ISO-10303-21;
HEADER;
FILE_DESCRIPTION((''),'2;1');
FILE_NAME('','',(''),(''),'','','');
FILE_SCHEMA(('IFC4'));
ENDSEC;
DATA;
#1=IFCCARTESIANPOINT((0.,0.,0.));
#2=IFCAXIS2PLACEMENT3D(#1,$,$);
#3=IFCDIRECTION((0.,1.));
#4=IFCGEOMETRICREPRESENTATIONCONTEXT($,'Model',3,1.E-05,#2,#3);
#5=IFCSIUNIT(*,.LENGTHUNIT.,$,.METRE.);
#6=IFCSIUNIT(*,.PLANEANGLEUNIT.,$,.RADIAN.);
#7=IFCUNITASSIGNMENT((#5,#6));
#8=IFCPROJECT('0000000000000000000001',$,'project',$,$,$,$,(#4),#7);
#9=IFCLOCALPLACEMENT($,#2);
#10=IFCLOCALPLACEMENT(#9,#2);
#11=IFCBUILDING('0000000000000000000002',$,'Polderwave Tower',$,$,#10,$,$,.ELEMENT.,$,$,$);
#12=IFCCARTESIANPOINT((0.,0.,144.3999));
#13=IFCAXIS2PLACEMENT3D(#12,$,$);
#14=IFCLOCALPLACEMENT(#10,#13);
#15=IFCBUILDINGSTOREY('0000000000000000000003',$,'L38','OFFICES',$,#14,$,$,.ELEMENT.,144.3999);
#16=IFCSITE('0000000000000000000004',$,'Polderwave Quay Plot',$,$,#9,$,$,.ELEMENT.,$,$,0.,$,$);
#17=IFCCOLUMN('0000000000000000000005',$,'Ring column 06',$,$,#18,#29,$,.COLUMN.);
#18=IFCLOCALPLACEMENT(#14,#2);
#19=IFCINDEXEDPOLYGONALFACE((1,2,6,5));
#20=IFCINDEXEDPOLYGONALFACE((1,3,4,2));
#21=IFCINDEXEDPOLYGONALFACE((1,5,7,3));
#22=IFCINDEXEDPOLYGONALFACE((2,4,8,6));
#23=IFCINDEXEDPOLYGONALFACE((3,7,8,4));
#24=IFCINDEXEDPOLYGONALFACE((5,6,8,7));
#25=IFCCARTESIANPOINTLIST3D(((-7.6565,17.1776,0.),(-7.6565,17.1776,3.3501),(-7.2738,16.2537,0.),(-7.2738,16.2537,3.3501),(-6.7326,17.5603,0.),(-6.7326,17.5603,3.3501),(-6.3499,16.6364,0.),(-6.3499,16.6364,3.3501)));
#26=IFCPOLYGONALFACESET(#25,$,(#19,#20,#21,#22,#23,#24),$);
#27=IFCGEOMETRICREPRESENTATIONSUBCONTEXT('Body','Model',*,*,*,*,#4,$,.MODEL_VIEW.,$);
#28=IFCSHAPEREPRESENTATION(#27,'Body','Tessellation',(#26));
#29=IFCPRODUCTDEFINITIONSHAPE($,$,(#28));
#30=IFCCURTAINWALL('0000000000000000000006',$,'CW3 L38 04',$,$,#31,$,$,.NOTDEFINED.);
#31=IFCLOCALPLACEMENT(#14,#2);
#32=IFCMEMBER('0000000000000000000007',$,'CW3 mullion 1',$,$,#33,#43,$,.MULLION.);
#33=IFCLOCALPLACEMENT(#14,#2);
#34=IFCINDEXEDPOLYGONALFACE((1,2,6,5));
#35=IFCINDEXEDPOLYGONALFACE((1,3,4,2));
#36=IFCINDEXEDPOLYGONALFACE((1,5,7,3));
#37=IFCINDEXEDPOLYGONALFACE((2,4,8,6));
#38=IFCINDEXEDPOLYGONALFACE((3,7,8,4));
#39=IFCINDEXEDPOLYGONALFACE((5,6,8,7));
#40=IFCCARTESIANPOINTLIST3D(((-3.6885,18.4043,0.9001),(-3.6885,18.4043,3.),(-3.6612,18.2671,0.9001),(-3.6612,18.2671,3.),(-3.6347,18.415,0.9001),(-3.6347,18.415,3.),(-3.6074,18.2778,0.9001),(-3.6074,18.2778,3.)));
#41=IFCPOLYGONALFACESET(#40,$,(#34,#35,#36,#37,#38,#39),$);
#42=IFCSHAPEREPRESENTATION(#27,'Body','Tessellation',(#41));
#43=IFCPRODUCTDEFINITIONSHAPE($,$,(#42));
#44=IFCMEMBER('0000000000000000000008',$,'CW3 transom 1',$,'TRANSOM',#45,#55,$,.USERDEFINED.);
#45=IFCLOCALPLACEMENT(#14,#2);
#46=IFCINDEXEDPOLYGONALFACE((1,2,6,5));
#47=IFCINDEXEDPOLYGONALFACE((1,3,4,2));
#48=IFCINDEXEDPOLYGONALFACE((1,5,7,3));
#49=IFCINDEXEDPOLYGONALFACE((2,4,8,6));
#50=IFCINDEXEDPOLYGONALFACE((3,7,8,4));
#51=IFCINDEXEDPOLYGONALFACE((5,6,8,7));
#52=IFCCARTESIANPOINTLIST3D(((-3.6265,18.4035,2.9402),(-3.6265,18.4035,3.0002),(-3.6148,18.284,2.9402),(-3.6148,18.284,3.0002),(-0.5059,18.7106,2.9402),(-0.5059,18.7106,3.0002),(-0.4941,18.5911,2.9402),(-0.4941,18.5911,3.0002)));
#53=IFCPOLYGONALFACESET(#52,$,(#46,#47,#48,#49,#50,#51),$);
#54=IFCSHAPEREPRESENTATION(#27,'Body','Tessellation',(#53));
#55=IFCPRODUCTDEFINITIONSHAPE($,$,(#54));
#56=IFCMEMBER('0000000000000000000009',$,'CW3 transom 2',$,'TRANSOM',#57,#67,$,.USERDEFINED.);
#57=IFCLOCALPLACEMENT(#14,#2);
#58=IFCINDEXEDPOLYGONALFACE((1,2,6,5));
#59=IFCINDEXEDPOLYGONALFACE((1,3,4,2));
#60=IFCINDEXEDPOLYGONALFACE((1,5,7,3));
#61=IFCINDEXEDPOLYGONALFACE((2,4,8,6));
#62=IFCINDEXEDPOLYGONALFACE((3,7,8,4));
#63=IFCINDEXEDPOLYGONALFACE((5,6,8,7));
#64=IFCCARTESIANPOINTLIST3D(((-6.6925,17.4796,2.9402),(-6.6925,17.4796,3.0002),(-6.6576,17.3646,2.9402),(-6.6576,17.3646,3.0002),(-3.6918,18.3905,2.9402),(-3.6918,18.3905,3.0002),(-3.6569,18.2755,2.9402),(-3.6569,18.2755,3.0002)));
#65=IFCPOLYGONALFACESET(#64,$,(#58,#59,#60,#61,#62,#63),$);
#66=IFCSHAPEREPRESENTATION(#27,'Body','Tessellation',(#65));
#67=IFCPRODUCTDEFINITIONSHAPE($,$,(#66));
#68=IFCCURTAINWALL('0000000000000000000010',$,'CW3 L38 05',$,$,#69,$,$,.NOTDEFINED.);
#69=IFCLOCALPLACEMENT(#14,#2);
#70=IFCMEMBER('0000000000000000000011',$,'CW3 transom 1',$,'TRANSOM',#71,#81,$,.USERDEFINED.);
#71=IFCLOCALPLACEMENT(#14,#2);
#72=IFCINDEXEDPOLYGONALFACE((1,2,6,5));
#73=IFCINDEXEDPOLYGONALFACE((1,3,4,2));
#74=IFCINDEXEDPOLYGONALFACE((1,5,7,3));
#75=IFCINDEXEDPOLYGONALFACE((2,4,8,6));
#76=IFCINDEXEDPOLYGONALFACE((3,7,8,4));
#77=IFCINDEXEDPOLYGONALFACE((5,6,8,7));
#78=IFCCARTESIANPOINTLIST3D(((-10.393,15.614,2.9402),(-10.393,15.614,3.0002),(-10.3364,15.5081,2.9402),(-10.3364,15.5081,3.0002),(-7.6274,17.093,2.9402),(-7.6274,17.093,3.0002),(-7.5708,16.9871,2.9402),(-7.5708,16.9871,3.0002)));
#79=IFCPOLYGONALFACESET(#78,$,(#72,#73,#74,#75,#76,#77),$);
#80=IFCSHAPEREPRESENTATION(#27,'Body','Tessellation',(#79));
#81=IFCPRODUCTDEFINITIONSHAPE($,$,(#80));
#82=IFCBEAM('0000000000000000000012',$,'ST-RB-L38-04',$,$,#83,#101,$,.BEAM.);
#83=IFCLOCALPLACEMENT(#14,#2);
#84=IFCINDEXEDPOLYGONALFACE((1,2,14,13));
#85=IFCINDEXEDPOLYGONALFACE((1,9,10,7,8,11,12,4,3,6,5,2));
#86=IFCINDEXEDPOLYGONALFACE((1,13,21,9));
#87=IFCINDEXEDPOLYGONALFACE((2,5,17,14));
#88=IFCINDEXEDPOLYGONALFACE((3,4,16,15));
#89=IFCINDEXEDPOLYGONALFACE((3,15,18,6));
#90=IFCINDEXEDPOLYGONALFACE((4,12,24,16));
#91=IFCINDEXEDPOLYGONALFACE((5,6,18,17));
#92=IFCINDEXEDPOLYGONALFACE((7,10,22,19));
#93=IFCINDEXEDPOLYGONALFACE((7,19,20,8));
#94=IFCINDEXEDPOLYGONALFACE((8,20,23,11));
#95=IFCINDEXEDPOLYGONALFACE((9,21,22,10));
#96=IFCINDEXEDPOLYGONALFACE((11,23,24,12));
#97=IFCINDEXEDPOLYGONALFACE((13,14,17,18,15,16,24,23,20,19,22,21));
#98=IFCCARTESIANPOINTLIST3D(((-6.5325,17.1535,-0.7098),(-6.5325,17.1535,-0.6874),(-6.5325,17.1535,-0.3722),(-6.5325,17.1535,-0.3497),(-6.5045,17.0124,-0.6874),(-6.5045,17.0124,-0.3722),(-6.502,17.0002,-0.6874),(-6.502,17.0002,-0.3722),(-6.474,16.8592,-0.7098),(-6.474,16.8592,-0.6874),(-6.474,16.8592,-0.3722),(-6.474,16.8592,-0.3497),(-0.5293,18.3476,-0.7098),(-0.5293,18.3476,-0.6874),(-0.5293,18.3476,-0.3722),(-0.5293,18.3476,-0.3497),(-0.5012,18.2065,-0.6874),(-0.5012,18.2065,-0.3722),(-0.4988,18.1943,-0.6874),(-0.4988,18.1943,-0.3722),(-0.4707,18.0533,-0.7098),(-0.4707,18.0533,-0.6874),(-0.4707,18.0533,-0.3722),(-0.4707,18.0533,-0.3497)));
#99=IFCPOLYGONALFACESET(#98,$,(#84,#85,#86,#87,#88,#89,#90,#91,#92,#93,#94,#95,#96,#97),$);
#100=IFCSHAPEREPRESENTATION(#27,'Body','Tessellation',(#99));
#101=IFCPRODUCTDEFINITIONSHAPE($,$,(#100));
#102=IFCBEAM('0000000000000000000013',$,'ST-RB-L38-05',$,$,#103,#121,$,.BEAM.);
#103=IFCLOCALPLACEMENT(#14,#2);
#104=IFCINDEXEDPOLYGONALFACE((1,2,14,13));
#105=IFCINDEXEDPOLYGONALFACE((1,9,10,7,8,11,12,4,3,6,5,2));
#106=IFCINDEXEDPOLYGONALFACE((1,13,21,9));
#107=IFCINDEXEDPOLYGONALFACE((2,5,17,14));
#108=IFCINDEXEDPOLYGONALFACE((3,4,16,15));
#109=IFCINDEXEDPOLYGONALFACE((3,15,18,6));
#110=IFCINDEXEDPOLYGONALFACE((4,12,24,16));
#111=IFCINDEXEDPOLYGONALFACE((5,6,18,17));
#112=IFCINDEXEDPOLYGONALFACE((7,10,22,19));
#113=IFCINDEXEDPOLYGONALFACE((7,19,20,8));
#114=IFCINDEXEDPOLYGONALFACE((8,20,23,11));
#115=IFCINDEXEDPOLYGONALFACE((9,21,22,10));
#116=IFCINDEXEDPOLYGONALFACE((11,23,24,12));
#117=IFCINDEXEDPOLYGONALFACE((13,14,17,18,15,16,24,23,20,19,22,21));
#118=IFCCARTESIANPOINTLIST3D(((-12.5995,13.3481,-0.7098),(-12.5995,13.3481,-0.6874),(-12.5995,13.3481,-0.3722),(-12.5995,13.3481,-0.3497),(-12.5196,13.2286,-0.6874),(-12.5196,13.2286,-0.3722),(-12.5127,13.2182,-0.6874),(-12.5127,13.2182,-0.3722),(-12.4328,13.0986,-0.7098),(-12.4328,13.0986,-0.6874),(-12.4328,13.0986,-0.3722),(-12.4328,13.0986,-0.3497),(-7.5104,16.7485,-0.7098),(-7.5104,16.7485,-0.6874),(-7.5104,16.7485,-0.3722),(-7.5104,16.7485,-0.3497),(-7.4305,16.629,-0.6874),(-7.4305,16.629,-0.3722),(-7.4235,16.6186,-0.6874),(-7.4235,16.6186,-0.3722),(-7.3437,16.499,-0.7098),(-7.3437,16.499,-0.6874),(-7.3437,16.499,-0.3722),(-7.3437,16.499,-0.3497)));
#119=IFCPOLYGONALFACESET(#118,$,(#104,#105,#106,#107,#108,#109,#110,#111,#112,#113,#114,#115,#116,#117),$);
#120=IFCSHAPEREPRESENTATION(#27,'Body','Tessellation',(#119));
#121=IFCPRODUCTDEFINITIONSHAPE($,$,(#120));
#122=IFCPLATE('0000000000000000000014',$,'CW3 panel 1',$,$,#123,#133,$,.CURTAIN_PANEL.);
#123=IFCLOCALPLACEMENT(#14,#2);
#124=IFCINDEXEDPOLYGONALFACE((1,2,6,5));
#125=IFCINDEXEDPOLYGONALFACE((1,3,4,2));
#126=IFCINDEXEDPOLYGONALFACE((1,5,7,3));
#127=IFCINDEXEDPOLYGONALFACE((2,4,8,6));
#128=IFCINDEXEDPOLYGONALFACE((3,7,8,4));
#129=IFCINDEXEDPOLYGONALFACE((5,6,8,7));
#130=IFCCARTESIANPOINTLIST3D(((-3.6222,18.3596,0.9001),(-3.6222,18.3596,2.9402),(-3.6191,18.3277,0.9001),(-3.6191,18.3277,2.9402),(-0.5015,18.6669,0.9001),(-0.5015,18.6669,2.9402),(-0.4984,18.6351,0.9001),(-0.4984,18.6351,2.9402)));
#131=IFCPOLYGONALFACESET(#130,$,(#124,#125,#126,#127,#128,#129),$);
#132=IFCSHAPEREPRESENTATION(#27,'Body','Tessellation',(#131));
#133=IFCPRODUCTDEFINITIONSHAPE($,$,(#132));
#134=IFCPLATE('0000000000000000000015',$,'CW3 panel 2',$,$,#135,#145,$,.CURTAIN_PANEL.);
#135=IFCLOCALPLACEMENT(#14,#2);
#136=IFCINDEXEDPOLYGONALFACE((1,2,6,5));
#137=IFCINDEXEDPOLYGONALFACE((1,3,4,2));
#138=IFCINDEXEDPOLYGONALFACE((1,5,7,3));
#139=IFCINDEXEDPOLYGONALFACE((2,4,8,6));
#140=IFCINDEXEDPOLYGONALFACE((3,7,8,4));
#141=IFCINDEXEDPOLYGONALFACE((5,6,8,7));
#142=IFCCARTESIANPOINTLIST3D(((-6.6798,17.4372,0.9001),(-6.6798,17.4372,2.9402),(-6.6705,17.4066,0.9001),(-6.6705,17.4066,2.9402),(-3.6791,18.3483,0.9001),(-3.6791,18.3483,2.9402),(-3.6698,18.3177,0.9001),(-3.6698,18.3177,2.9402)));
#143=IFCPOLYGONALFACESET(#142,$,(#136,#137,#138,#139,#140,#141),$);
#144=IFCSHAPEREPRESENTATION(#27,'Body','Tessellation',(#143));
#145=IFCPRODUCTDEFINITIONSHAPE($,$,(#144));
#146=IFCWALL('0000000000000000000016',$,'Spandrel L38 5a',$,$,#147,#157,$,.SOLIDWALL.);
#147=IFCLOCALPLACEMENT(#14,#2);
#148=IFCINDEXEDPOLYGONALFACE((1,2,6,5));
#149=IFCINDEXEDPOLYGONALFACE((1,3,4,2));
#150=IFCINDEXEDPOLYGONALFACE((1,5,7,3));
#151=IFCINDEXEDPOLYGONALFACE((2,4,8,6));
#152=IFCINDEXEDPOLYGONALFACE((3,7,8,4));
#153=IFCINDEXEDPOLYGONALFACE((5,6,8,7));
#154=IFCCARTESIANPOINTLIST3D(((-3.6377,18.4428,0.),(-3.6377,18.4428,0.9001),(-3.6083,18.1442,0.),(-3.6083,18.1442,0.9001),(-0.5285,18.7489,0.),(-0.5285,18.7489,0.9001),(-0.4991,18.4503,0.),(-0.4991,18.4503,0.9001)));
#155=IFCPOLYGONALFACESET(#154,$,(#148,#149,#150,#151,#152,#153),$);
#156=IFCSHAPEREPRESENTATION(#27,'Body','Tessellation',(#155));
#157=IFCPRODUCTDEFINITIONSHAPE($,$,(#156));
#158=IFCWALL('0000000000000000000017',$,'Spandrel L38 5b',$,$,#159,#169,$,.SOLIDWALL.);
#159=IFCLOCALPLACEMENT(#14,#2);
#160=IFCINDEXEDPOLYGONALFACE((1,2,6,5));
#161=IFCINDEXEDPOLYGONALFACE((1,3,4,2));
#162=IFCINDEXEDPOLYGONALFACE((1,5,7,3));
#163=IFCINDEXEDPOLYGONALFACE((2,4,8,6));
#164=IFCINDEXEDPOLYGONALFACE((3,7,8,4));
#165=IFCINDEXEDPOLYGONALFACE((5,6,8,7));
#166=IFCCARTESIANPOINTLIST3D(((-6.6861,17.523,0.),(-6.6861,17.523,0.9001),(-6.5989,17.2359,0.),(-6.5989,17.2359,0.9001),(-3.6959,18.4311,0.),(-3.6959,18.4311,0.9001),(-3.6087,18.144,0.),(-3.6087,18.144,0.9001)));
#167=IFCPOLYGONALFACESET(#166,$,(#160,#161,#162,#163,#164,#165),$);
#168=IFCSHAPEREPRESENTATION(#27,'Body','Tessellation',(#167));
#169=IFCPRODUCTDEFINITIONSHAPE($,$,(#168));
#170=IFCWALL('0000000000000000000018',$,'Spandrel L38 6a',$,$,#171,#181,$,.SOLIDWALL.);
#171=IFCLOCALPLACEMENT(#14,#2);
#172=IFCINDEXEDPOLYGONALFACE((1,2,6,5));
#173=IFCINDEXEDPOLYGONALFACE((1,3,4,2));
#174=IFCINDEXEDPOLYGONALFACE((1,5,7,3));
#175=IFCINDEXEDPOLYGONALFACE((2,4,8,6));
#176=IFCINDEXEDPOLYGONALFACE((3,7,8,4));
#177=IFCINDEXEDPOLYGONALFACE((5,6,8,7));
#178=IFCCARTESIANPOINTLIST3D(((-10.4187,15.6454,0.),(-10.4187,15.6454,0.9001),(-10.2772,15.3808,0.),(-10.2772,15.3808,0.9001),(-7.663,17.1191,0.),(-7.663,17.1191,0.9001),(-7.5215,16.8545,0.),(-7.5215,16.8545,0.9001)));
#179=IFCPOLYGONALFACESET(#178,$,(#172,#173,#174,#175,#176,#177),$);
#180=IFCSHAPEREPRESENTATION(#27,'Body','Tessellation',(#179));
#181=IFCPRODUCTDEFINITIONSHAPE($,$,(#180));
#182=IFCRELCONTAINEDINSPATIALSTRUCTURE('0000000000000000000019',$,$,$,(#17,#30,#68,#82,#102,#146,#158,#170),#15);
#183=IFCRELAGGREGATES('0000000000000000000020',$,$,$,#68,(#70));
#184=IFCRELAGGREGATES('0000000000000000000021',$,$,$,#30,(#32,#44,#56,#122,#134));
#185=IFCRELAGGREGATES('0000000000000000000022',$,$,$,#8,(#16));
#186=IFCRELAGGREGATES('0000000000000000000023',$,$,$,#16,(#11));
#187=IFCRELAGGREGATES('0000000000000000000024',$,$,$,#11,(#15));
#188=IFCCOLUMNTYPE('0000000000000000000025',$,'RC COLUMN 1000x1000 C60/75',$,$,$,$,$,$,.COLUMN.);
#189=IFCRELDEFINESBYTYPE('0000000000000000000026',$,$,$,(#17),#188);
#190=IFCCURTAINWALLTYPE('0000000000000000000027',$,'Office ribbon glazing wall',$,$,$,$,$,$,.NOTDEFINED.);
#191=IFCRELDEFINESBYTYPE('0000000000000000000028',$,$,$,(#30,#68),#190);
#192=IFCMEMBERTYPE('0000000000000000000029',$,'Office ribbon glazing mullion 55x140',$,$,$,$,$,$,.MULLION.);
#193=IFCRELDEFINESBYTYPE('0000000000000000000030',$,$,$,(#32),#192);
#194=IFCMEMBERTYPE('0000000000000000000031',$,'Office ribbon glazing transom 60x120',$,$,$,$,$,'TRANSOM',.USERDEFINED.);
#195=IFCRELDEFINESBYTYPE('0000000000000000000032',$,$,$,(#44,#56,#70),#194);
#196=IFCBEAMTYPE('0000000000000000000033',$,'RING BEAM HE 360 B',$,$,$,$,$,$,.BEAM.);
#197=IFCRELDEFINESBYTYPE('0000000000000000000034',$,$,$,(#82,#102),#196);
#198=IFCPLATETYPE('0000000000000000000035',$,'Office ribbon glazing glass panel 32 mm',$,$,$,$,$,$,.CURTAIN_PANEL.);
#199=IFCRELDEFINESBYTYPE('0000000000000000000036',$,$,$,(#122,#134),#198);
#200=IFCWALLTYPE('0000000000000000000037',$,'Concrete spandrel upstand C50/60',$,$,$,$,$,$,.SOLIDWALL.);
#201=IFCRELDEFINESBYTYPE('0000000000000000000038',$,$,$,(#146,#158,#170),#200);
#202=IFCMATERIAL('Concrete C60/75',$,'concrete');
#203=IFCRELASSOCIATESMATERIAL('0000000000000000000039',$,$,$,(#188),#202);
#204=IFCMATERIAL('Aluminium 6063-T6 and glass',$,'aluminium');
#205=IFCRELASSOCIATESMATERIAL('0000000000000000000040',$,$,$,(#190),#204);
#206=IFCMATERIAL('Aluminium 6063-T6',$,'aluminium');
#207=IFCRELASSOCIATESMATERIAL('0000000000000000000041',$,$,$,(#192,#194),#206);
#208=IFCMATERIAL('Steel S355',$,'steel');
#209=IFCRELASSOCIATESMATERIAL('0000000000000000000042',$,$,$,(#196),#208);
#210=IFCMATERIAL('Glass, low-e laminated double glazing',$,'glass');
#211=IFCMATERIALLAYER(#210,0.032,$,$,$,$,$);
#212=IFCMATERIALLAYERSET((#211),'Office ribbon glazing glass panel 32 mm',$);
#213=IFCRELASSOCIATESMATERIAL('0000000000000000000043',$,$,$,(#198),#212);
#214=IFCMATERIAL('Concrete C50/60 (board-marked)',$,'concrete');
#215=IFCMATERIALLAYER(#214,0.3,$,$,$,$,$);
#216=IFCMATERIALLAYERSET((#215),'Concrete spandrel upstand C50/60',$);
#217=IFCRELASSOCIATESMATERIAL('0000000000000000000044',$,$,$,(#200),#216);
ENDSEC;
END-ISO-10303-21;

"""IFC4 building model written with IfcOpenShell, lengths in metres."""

from ifc_helpers import new_model, si_unit, direction, frame, frame_2d, origin, origin_2d, place, context, subcontext, project, spatial, rectangle, i_section, extrude, material, layer, layer_set, material_profile, profile_set, type_object, element, aggregate, save


model = new_model("IFC4")

# Units and contexts
model_context = context("Model", 3, precision=1e-05, world=origin(), true_north=direction((0.0, 1.0)))
body_context = subcontext(model_context, "Body", "Model", "MODEL_VIEW")
ifc_project = project(units=[si_unit("LENGTHUNIT", "METRE"), si_unit("PLANEANGLEUNIT", "RADIAN")], contexts=[model_context])

# Site, building, storey
site_placement = place(None, origin())
site = spatial("IfcSite", under=ifc_project, at=site_placement, Name="Polderwave Quay Plot", CompositionType="ELEMENT", RefElevation=0.0)
building_placement = place(site_placement, origin())
building = spatial("IfcBuilding", under=site, at=building_placement, Name="Polderwave Tower", CompositionType="ELEMENT")
storey_placement = place(building_placement, frame((0.0, 0.0, 144.3999)))
storey = spatial("IfcBuildingStorey", under=building, at=storey_placement, Name="L38", Description="OFFICES", CompositionType="ELEMENT", Elevation=144.3999)

# Column
ifc_material_1 = material(Name="Concrete C60/75", Category="concrete")
ifc_material_profile_1 = material_profile(ifc_material_1, rectangle(XDim=1.0, YDim=1.0, at=origin_2d()), Name="RC 1000x1000")
ifc_profile_set_1 = profile_set([ifc_material_profile_1], Name="Concrete C60/75")
column_type = type_object("IfcColumnType", Name="RC COLUMN 1000x1000 C60/75", PredefinedType="COLUMN", material=ifc_profile_set_1)
column_placement = place(storey_placement, frame((-7.0032, 16.907, 0.0), z_axis=(0.0, 0.0, 1.0), x_axis=(-0.382683, 0.92388, 0.0)))
element("IfcColumn", 1, at=column_placement, inside=storey, type_object=column_type, Name="Ring column 06", PredefinedType="COLUMN", context=body_context, shape_type="SweptSolid", body=[
    extrude(rectangle(XDim=1.0, YDim=1.0, at=origin_2d()), origin(), (0.0, 0.0, 1.0), 3.3501),
])

# Curtain wall, members
ifc_material_2 = material(Name="Aluminium 6063-T6 and glass", Category="aluminium")
curtain_wall_type = type_object("IfcCurtainWallType", Name="Office ribbon glazing wall", PredefinedType="NOTDEFINED", material=ifc_material_2)
curtain_wall_1_placement = place(storey_placement, origin())
curtain_wall_1 = element("IfcCurtainWall", 2, at=curtain_wall_1_placement, inside=storey, type_object=curtain_wall_type, Name="CW3 L38 04", PredefinedType="NOTDEFINED")
ifc_material_3 = material(Name="Aluminium 6063-T6", Category="aluminium")
ifc_material_profile_2 = material_profile(ifc_material_3, rectangle(XDim=0.1399, YDim=0.0549, at=origin_2d()), Name="AL 55x140")
ifc_profile_set_2 = profile_set([ifc_material_profile_2], Name="Aluminium 6063-T6")
member_type_1 = type_object("IfcMemberType", Name="Office ribbon glazing mullion 55x140", PredefinedType="MULLION", material=ifc_profile_set_2)
member_1_placement = place(storey_placement, frame((-3.6479, 18.3411, 0.9001), z_axis=(0.0, 0.0, 1.0), x_axis=(0.195196, -0.980764, 0.0)))
member_1 = element("IfcMember", 3, at=member_1_placement, type_object=member_type_1, Name="CW3 mullion 1", PredefinedType="MULLION", context=body_context, shape_type="SweptSolid", body=[
    extrude(rectangle(XDim=0.1399, YDim=0.0549, at=origin_2d()), origin(), (0.0, 0.0, 1.0), 2.0999),
])
ifc_material_profile_3 = material_profile(ifc_material_3, rectangle(XDim=0.1201, YDim=0.0601, at=origin_2d()), Name="AL 60x120")
ifc_profile_set_3 = profile_set([ifc_material_profile_3], Name="Aluminium 6063-T6")
member_type_2 = type_object("IfcMemberType", Name="Office ribbon glazing transom 60x120", ElementType="TRANSOM", PredefinedType="USERDEFINED", material=ifc_profile_set_3)
member_2_placement = place(storey_placement, frame((-0.5, 18.6509, 2.9702), z_axis=(-0.995192, -0.097946, 0.0), x_axis=(0.097946, -0.995192, 0.0)))
member_2 = element("IfcMember", 4, at=member_2_placement, type_object=member_type_2, Name="CW3 transom 1", ObjectType="TRANSOM", PredefinedType="USERDEFINED", context=body_context, shape_type="SweptSolid", body=[
    extrude(rectangle(XDim=0.1201, YDim=0.0601, at=origin_2d()), origin(), (0.0, 0.0, 1.0), 3.1357),
])
member_3_placement = place(storey_placement, frame((-3.6743, 18.333, 2.9702), z_axis=(-0.956885, -0.290468, 0.0), x_axis=(0.290468, -0.956885, 0.0)))
member_3 = element("IfcMember", 5, at=member_3_placement, type_object=member_type_2, Name="CW3 transom 2", ObjectType="TRANSOM", PredefinedType="USERDEFINED", context=body_context, shape_type="SweptSolid", body=[
    extrude(rectangle(XDim=0.1201, YDim=0.0601, at=origin_2d()), origin(), (0.0, 0.0, 1.0), 3.136),
])

# Curtain wall, member
curtain_wall_2_placement = place(storey_placement, origin())
curtain_wall_2 = element("IfcCurtainWall", 6, at=curtain_wall_2_placement, inside=storey, type_object=curtain_wall_type, Name="CW3 L38 05", PredefinedType="NOTDEFINED")
member_4_placement = place(storey_placement, frame((-7.5991, 17.04, 2.9702), z_axis=(-0.881822, -0.471582, 0.0), x_axis=(0.471582, -0.881822, 0.0)))
member_4 = element("IfcMember", 7, at=member_4_placement, type_object=member_type_2, Name="CW3 transom 1", ObjectType="TRANSOM", PredefinedType="USERDEFINED", context=body_context, shape_type="SweptSolid", body=[
    extrude(rectangle(XDim=0.1201, YDim=0.0601, at=origin_2d()), origin(), (0.0, 0.0, 1.0), 3.1362),
])
aggregate(curtain_wall_2, [member_4])

# Beams
ifc_material_4 = material(Name="Steel S355", Category="steel")
ifc_material_profile_4 = material_profile(ifc_material_4, i_section(OverallWidth=0.3, OverallDepth=0.3601, WebThickness=0.0125, FlangeThickness=0.0225, at=origin_2d()), Name="HE 360 B")
ifc_profile_set_4 = profile_set([ifc_material_profile_4], Name="Steel S355")
beam_type = type_object("IfcBeamType", Name="RING BEAM HE 360 B", PredefinedType="BEAM", material=ifc_profile_set_4)
beam_1_placement = place(storey_placement, frame((-0.5, 18.2004, -0.5298), z_axis=(-0.980786, -0.195088, 0.0), x_axis=(0.195088, -0.980786, 0.0)))
element("IfcBeam", 8, at=beam_1_placement, inside=storey, type_object=beam_type, Name="ST-RB-L38-04", PredefinedType="BEAM", context=body_context, shape_type="SweptSolid", body=[
    extrude(i_section(OverallWidth=0.3, OverallDepth=0.3601, WebThickness=0.0125, FlangeThickness=0.0225, at=origin_2d()), origin(), (0.0, 0.0, 1.0), 6.1208),
])
beam_2_placement = place(storey_placement, frame((-7.427, 16.6238, -0.5298), z_axis=(-0.831473, -0.555565, 0.0), x_axis=(0.555565, -0.831473, 0.0)))
element("IfcBeam", 9, at=beam_2_placement, inside=storey, type_object=beam_type, Name="ST-RB-L38-05", PredefinedType="BEAM", context=body_context, shape_type="SweptSolid", body=[
    extrude(i_section(OverallWidth=0.3, OverallDepth=0.3601, WebThickness=0.0125, FlangeThickness=0.0225, at=origin_2d()), origin(), (0.0, 0.0, 1.0), 6.1206),
])

# Plates
ifc_material_5 = material(Name="Glass, low-e laminated double glazing", Category="glass")
ifc_layer_1 = layer(ifc_material_5, 0.032)
ifc_layer_set_1 = layer_set([ifc_layer_1], Name="Office ribbon glazing glass panel 32 mm")
plate_type = type_object("IfcPlateType", Name="Office ribbon glazing glass panel 32 mm", PredefinedType="CURTAIN_PANEL", material=ifc_layer_set_1)
plate_1_placement = place(storey_placement, frame((-2.0603, 18.4973, 0.9001), z_axis=(0.0, 0.0, 1.0), x_axis=(-0.995186, -0.098002, 0.0)))
plate_1 = element("IfcPlate", 10, at=plate_1_placement, type_object=plate_type, Name="CW3 panel 1", PredefinedType="CURTAIN_PANEL", context=body_context, shape_type="SweptSolid", body=[
    extrude(rectangle(XDim=3.1357, YDim=0.032, at=origin_2d()), origin(), (0.0, 0.0, 1.0), 2.04),
])
plate_2_placement = place(storey_placement, frame((-5.1748, 17.8774, 0.9001), z_axis=(0.0, 0.0, 1.0), x_axis=(-0.956873, -0.290507, 0.0)))
plate_2 = element("IfcPlate", 11, at=plate_2_placement, type_object=plate_type, Name="CW3 panel 2", PredefinedType="CURTAIN_PANEL", context=body_context, shape_type="SweptSolid", body=[
    extrude(rectangle(XDim=3.136, YDim=0.032, at=origin_2d()), origin(), (0.0, 0.0, 1.0), 2.04),
])
aggregate(curtain_wall_1, [member_1, member_2, member_3, plate_1, plate_2])

# Walls
ifc_material_6 = material(Name="Concrete C50/60 (board-marked)", Category="concrete")
ifc_layer_2 = layer(ifc_material_6, 0.3)
ifc_layer_set_2 = layer_set([ifc_layer_2], Name="Concrete spandrel upstand C50/60")
wall_type_1 = type_object("IfcWallType", Name="Concrete spandrel upstand C50/60", PredefinedType="SOLIDWALL", material=ifc_layer_set_2)
wall_1_placement = place(storey_placement, frame((-0.5139, 18.5996, 0.0), z_axis=(0.0, 0.0, 1.0), x_axis=(-0.995187, -0.097995, 0.0)))
element("IfcWall", 12, at=wall_1_placement, inside=storey, type_object=wall_type_1, Name="Spandrel L38 5a", PredefinedType="SOLIDWALL", context=body_context, shape_type="SweptSolid", body=[
    extrude(rectangle(XDim=3.1243, YDim=0.3, at=frame_2d((1.562, 0.0))), origin(), (0.0, 0.0, 1.0), 0.9001),
])
for number, where, z_axis, x_axis, name in (
    (13, (-3.6523, 18.2876, 0.0), (0.0, 0.0, 1.0), (-0.95684, -0.290614, 0.0), "Spandrel L38 5b"),
    (14, (-7.5923, 16.9868, 0.0), (0.0, 0.0, 1.0), (-0.881825, -0.471577, 0.0), "Spandrel L38 6a"),
):
    element("IfcWall", number, at=place(storey_placement, frame(where, z_axis=z_axis, x_axis=x_axis)), inside=storey, type_object=wall_type_1, Name=name, PredefinedType="SOLIDWALL", context=body_context, shape_type="SweptSolid", body=[
        extrude(rectangle(XDim=3.125, YDim=0.3, at=frame_2d((1.5625, 0.0))), origin(), (0.0, 0.0, 1.0), 0.9001),
    ])

save(model, "model.ifc")
